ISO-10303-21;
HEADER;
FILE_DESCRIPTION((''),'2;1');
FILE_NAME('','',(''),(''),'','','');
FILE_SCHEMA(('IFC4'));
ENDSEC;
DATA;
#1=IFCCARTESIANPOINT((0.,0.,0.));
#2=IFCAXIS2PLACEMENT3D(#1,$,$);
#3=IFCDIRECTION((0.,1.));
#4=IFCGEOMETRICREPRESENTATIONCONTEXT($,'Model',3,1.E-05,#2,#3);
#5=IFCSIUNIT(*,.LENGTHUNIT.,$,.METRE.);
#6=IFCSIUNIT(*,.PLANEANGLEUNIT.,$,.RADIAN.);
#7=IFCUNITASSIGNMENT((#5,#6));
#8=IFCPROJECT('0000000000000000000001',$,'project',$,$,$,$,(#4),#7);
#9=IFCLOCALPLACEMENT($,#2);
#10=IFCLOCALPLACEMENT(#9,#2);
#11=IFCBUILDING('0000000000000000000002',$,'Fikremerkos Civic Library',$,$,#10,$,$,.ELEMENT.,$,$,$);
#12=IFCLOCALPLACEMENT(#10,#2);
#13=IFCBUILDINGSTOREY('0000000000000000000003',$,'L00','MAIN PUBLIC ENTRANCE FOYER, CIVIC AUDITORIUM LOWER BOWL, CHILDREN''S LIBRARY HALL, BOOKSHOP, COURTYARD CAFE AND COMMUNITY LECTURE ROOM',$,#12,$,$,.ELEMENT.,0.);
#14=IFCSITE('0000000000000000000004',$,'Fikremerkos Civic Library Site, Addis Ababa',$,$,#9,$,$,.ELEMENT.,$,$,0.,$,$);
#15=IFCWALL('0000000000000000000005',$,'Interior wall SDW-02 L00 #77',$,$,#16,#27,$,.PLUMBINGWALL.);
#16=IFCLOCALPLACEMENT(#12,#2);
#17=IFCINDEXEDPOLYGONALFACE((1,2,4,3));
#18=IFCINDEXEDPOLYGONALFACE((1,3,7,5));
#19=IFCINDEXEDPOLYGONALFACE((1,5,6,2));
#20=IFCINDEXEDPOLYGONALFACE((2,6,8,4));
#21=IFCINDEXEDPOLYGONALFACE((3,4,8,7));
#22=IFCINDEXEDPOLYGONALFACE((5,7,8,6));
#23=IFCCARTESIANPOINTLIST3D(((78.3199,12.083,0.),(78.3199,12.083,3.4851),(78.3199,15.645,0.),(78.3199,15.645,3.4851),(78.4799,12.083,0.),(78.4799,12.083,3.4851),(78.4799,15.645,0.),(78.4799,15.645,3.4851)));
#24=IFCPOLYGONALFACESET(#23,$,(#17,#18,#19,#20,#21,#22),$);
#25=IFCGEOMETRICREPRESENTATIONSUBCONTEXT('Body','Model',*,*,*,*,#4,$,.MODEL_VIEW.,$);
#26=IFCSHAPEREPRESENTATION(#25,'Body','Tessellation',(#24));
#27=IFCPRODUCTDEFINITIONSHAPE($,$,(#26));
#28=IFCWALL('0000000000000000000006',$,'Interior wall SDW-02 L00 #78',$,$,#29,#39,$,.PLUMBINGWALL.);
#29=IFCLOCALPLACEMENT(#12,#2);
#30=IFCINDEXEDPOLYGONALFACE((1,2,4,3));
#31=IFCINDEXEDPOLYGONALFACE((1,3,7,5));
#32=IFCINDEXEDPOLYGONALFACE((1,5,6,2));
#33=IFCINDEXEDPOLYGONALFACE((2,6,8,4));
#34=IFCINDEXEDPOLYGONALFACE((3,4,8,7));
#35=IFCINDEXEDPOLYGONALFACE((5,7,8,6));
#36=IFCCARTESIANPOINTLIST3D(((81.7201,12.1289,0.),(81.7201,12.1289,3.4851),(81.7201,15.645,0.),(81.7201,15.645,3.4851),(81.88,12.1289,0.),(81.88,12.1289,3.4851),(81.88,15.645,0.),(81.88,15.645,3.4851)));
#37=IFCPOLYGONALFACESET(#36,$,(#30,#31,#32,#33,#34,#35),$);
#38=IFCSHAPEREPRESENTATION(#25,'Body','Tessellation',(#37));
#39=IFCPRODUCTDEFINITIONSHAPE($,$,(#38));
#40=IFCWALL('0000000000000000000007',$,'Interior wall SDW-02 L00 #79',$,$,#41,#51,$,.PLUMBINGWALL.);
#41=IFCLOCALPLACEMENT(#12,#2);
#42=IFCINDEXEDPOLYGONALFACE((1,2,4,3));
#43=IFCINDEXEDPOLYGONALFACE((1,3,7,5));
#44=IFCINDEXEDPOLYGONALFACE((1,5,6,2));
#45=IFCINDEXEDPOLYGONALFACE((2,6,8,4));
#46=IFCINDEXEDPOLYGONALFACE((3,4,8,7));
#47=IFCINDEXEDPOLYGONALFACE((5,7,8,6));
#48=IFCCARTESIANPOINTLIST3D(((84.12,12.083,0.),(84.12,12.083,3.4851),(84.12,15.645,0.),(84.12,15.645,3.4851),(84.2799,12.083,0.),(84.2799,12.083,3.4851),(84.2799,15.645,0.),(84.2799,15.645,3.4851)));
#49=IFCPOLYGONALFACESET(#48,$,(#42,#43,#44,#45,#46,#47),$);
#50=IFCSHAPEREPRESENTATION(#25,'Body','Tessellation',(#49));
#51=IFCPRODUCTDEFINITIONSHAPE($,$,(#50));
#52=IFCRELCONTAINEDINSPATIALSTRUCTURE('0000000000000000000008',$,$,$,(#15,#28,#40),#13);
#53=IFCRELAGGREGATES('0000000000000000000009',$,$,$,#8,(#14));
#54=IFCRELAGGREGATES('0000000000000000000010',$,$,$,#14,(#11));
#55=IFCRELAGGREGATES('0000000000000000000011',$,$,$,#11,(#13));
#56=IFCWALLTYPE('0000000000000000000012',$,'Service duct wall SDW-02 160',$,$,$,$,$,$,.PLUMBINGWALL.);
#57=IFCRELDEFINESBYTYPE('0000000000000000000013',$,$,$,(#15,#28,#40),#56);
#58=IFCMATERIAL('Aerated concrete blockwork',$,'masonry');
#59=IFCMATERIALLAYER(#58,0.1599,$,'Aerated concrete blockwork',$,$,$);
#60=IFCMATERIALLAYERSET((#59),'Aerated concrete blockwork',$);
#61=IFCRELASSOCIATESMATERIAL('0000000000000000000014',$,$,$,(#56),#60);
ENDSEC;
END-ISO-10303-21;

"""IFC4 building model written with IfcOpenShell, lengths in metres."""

from ifc_helpers import new_model, si_unit, direction, frame, frame_2d, origin, place, context, subcontext, project, spatial, rectangle, extrude, material, layer, layer_set, type_object, element, save


model = new_model("IFC4")

# Units and contexts
model_context = context("Model", 3, precision=1e-05, world=origin(), true_north=direction((0.0, 1.0)))
body_context = subcontext(model_context, "Body", "Model", "MODEL_VIEW")
ifc_project = project(units=[si_unit("LENGTHUNIT", "METRE"), si_unit("PLANEANGLEUNIT", "RADIAN")], contexts=[model_context])

# Site, building, storey
site_placement = place(None, origin())
site = spatial("IfcSite", under=ifc_project, at=site_placement, Name="Fikremerkos Civic Library Site, Addis Ababa", CompositionType="ELEMENT", RefElevation=0.0)
building_placement = place(site_placement, origin())
building = spatial("IfcBuilding", under=site, at=building_placement, Name="Fikremerkos Civic Library", CompositionType="ELEMENT")
storey_placement = place(building_placement, origin())
storey = spatial("IfcBuildingStorey", under=building, at=storey_placement, Name="L00", Description="MAIN PUBLIC ENTRANCE FOYER, CIVIC AUDITORIUM LOWER BOWL, CHILDREN'S LIBRARY HALL, BOOKSHOP, COURTYARD CAFE AND COMMUNITY LECTURE ROOM", CompositionType="ELEMENT", Elevation=0.0)

# Walls
ifc_material_1 = material(Name="Aerated concrete blockwork", Category="masonry")
ifc_layer_1 = layer(ifc_material_1, 0.1599, Name="Aerated concrete blockwork")
ifc_layer_set_1 = layer_set([ifc_layer_1], Name="Aerated concrete blockwork")
wall_type_1 = type_object("IfcWallType", Name="Service duct wall SDW-02 160", PredefinedType="PLUMBINGWALL", material=ifc_layer_set_1)
wall_1_placement = place(storey_placement, frame((78.3999, 12.083, 0.0), z_axis=(0.0, 0.0, 1.0), x_axis=(0.0, 1.0, 0.0)))
element("IfcWall", 1, at=wall_1_placement, inside=storey, type_object=wall_type_1, Name="Interior wall SDW-02 L00 #77", PredefinedType="PLUMBINGWALL", context=body_context, shape_type="SweptSolid", body=[
    extrude(rectangle(XDim=3.562, YDim=0.1599, at=frame_2d((1.781, 0.0))), origin(), (0.0, 0.0, 1.0), 3.4851),
])
wall_2_placement = place(storey_placement, frame((81.8, 12.1289, 0.0), z_axis=(0.0, 0.0, 1.0), x_axis=(0.0, 1.0, 0.0)))
element("IfcWall", 2, at=wall_2_placement, inside=storey, type_object=wall_type_1, Name="Interior wall SDW-02 L00 #78", PredefinedType="PLUMBINGWALL", context=body_context, shape_type="SweptSolid", body=[
    extrude(rectangle(XDim=3.5161, YDim=0.1599, at=frame_2d((1.7581, 0.0))), origin(), (0.0, 0.0, 1.0), 3.4851),
])
wall_3_placement = place(storey_placement, frame((84.2, 12.083, 0.0), z_axis=(0.0, 0.0, 1.0), x_axis=(0.0, 1.0, 0.0)))
element("IfcWall", 3, at=wall_3_placement, inside=storey, type_object=wall_type_1, Name="Interior wall SDW-02 L00 #79", PredefinedType="PLUMBINGWALL", context=body_context, shape_type="SweptSolid", body=[
    extrude(rectangle(XDim=3.562, YDim=0.1599, at=frame_2d((1.781, 0.0))), origin(), (0.0, 0.0, 1.0), 3.4851),
])

save(model, "model.ifc")
